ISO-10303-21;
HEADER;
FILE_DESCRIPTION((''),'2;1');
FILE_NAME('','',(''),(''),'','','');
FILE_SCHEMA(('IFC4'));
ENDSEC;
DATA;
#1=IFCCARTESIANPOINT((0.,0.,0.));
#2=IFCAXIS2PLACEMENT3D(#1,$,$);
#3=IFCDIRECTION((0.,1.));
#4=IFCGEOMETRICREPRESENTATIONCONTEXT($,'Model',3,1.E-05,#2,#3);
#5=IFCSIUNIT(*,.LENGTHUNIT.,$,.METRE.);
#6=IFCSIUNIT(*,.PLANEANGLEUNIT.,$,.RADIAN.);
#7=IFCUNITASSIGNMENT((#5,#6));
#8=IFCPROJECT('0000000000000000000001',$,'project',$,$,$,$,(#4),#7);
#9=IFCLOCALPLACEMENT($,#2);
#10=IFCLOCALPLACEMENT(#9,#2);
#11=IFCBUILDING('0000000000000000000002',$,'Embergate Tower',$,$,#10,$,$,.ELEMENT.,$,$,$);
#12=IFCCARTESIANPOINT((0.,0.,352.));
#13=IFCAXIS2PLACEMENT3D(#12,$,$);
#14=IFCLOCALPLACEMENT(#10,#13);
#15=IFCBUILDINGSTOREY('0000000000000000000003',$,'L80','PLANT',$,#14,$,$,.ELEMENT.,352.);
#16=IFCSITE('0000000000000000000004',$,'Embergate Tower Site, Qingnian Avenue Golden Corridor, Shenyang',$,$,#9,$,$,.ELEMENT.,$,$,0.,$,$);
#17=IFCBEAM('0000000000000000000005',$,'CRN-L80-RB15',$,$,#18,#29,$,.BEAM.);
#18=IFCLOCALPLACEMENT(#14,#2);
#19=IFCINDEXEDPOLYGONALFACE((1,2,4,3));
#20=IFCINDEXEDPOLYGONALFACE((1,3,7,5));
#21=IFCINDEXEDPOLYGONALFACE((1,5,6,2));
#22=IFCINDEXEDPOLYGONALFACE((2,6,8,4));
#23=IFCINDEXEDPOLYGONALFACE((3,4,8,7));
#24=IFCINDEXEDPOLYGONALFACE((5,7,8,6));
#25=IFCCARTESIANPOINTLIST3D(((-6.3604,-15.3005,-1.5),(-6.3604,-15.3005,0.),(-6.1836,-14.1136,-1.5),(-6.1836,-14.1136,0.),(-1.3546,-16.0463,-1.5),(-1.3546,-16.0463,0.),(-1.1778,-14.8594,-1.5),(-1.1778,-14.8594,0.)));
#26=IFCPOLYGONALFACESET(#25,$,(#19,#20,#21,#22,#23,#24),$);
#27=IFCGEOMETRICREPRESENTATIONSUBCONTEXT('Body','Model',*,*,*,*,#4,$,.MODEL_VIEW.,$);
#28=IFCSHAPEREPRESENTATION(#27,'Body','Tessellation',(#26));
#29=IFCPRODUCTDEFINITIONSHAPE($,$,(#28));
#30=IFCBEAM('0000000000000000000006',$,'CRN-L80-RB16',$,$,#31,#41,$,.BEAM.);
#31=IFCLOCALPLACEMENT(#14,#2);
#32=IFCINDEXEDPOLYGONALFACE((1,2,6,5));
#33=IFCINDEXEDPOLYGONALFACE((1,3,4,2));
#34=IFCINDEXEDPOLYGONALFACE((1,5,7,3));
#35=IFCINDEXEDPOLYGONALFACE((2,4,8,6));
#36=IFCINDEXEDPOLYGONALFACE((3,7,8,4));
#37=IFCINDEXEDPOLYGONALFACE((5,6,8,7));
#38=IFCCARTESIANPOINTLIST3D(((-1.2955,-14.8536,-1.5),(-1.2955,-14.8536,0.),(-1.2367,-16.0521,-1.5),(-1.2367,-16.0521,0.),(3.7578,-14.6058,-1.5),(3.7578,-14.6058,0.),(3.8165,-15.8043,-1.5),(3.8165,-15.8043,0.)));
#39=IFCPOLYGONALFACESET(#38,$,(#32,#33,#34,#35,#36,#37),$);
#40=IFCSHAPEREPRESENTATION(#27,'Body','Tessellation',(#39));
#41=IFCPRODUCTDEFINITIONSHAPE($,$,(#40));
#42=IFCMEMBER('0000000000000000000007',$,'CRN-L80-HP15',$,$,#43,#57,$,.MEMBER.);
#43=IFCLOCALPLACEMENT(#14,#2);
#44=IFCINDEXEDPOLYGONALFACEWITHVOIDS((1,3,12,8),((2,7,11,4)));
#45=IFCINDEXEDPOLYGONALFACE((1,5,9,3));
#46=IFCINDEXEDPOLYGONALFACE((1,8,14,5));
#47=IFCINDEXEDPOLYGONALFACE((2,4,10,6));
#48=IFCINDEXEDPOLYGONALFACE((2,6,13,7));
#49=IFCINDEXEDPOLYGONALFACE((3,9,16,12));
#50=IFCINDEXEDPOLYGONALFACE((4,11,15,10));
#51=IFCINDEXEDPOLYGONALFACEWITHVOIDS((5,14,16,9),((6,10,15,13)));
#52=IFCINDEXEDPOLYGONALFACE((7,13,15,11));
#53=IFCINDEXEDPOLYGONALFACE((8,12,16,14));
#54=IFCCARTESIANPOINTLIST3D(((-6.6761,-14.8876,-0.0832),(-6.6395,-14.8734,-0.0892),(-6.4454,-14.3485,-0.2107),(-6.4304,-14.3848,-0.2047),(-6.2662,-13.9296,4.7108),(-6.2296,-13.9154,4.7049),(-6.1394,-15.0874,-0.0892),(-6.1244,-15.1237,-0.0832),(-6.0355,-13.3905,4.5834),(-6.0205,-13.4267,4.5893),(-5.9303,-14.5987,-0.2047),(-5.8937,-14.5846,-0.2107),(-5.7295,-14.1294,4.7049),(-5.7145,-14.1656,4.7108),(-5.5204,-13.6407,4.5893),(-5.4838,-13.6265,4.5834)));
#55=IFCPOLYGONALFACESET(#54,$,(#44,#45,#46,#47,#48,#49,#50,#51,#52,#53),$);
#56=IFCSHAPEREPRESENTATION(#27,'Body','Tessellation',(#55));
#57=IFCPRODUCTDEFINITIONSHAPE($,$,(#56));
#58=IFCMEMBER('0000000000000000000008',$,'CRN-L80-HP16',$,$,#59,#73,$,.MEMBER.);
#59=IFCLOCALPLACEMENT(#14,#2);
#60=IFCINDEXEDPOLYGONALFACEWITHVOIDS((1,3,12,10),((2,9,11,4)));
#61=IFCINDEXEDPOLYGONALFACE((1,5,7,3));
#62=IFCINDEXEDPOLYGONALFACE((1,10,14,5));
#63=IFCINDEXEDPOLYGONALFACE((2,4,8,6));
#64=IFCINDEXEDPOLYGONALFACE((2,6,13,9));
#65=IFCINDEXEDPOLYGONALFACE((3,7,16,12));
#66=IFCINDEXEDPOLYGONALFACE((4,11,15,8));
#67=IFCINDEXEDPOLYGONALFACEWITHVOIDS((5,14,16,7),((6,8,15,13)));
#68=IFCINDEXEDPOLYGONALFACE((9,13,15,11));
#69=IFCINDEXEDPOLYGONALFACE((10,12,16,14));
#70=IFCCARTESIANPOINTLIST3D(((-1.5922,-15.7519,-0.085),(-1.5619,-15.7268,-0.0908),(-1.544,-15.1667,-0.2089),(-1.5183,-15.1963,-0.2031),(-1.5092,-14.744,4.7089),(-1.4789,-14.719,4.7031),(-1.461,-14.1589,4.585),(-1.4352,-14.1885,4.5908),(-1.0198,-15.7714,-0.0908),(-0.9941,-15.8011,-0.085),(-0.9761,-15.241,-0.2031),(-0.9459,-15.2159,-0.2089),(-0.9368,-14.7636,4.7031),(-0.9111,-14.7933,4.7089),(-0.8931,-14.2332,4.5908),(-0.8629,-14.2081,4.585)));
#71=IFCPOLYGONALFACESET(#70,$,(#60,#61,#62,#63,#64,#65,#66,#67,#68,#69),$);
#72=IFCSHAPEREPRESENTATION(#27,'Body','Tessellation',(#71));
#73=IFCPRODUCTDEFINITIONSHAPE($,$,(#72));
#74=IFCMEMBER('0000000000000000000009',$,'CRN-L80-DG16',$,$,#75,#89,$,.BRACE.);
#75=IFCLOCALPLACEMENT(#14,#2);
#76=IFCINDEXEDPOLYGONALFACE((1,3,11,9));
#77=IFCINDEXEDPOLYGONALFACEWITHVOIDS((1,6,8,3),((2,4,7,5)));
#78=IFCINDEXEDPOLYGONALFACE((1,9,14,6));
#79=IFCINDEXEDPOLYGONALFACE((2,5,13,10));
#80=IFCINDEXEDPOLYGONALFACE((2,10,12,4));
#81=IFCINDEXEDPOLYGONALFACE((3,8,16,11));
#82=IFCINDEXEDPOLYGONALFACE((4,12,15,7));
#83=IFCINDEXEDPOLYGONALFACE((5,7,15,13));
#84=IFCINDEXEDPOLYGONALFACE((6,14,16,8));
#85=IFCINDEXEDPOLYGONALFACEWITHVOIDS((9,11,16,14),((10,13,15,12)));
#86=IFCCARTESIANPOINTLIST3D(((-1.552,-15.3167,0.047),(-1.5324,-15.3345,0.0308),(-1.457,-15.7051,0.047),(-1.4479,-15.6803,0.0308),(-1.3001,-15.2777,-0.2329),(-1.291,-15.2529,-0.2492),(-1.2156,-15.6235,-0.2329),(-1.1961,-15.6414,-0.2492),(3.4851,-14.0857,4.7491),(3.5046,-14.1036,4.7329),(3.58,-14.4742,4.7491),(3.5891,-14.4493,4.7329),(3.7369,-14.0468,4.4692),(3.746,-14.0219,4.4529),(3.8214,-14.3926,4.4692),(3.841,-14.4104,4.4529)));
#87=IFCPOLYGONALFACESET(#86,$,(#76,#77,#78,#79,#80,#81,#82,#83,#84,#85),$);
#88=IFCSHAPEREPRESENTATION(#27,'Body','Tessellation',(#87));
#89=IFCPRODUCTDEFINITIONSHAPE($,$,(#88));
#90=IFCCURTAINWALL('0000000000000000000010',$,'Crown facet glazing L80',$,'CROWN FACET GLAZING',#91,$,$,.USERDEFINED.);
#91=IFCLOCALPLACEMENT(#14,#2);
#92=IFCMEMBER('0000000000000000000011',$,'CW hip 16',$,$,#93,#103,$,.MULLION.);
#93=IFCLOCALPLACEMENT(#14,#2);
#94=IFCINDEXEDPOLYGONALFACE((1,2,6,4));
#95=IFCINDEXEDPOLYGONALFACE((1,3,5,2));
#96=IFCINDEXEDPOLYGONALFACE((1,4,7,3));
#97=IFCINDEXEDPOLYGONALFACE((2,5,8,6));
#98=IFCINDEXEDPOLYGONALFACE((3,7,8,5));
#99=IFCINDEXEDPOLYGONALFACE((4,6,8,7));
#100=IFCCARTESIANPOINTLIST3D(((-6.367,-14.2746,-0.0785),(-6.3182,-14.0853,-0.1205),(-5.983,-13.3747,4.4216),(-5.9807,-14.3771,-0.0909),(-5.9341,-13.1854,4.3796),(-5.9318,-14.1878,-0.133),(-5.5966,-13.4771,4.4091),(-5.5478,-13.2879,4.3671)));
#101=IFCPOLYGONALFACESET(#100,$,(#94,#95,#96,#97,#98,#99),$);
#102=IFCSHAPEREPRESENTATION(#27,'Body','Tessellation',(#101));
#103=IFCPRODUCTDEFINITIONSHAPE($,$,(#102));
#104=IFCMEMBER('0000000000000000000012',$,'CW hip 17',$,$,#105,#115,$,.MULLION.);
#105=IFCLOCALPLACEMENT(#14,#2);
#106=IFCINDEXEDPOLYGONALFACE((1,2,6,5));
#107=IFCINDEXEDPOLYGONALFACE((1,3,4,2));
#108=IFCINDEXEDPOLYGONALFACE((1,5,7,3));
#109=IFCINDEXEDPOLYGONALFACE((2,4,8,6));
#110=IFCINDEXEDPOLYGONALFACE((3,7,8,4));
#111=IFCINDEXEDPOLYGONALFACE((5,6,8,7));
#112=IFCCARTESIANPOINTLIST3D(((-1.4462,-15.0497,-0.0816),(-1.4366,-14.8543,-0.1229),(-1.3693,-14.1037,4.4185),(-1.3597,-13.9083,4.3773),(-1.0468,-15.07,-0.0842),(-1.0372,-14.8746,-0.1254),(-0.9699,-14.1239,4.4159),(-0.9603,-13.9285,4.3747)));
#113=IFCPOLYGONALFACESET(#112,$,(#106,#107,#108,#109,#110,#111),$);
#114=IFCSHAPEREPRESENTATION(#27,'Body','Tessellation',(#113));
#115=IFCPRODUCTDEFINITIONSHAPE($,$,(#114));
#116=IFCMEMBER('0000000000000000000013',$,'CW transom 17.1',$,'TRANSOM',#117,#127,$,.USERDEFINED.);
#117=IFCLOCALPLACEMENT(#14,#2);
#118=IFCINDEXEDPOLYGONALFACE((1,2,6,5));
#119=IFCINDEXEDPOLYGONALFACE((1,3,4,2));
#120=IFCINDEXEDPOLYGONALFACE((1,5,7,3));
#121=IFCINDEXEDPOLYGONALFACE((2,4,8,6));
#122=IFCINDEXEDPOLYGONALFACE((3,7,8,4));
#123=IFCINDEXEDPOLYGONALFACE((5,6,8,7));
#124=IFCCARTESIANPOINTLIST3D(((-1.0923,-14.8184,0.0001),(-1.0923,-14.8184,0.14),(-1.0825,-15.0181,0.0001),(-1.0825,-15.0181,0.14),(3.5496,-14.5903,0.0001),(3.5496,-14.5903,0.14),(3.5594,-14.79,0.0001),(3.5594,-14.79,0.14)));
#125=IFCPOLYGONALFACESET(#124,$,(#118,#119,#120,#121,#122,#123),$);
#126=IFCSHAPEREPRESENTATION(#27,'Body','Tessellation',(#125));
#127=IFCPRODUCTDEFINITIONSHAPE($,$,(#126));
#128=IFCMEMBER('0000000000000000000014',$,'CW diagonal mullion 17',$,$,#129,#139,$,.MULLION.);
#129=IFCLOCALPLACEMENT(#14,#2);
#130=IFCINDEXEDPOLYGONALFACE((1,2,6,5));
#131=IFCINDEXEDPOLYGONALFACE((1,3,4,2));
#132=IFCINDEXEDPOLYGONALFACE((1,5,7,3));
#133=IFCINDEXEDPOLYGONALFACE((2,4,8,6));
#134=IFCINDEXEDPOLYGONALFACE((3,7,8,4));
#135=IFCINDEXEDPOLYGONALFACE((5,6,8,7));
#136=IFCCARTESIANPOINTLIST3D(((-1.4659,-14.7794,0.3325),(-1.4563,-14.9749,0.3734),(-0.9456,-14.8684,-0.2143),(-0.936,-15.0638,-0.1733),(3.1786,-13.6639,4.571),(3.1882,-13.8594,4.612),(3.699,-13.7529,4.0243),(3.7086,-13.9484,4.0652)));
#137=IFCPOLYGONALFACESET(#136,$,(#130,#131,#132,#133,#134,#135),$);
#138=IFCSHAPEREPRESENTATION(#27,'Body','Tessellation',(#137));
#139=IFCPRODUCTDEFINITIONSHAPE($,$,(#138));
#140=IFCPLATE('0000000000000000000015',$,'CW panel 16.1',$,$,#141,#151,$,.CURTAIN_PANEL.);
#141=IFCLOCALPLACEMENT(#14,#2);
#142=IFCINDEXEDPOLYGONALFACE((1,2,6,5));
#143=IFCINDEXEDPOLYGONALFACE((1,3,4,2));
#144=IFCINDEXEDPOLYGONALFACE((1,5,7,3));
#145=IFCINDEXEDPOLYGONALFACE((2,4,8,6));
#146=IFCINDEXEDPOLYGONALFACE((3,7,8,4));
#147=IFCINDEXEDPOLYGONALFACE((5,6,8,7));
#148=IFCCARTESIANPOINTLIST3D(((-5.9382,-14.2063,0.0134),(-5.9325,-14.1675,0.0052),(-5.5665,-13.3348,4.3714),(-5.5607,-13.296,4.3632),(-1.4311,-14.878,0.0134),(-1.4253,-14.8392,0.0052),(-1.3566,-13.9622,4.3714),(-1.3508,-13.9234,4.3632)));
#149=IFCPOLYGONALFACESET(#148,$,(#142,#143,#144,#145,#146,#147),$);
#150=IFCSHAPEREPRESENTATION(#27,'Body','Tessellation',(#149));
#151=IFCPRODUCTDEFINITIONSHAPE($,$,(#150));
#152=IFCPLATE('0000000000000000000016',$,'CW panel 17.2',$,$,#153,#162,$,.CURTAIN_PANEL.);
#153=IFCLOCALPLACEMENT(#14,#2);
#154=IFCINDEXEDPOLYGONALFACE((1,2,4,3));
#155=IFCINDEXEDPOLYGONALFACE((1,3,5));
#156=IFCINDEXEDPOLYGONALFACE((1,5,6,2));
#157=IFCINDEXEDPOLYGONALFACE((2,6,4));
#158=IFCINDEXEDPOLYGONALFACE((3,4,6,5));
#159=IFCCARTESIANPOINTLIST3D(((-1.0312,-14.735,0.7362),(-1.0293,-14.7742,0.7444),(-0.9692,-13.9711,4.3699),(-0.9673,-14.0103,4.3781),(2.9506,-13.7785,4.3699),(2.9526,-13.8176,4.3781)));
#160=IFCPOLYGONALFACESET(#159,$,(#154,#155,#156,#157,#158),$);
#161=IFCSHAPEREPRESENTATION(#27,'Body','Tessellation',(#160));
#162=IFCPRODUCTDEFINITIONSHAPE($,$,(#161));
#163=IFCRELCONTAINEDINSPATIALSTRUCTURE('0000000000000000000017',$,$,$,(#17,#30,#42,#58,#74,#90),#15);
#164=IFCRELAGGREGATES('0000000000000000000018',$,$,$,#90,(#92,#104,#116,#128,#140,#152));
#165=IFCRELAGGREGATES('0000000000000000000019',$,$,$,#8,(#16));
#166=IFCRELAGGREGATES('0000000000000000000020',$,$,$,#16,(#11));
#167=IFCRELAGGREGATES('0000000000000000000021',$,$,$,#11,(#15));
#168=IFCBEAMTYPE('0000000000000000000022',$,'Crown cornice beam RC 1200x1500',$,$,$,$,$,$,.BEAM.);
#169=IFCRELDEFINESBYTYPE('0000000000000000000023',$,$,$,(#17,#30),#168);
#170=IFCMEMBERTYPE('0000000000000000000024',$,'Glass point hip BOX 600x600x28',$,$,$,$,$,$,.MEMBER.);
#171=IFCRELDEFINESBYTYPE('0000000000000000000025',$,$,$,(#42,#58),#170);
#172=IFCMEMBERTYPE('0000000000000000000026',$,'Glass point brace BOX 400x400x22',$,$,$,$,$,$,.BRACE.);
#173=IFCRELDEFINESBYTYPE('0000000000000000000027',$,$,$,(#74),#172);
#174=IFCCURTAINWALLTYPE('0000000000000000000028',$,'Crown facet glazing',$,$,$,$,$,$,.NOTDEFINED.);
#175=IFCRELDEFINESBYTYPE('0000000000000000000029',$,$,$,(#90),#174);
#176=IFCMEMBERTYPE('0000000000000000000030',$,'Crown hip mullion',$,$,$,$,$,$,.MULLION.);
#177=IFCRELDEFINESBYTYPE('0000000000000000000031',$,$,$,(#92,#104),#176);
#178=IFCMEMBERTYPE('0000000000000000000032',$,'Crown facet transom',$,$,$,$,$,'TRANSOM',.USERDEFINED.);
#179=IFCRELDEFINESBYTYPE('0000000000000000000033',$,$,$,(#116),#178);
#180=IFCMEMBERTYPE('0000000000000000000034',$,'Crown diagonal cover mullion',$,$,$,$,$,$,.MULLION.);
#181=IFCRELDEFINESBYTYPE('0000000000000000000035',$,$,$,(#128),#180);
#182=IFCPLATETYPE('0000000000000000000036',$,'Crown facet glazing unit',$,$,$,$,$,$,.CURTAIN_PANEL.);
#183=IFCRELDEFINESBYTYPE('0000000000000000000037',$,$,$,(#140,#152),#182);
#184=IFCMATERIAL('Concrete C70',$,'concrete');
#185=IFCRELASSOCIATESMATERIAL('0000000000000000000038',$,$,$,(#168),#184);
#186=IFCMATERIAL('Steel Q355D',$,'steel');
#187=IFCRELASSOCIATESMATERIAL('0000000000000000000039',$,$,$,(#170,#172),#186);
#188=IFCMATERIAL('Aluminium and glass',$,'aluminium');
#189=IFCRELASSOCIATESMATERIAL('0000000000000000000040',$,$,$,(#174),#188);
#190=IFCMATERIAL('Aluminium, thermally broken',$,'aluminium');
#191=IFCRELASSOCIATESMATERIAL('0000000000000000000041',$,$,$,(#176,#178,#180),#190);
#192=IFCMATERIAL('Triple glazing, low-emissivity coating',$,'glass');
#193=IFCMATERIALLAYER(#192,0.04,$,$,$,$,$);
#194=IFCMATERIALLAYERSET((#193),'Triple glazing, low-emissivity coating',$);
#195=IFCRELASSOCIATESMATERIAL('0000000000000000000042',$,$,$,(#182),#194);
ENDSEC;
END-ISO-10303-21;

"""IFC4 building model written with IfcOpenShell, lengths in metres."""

from ifc_helpers import new_model, si_unit, direction, frame, origin, origin_2d, place, context, subcontext, project, spatial, polyline, rectangle, hollow_rectangle, outline, extrude, source, transform, mapped, material, layer, layer_set, material_profile, profile_set, type_object, element, aggregate, save


model = new_model("IFC4")

# Units and contexts
model_context = context("Model", 3, precision=1e-05, world=origin(), true_north=direction((0.0, 1.0)))
body_context = subcontext(model_context, "Body", "Model", "MODEL_VIEW")
ifc_project = project(units=[si_unit("LENGTHUNIT", "METRE"), si_unit("PLANEANGLEUNIT", "RADIAN")], contexts=[model_context])

# Site, building, storey
site_placement = place(None, origin())
site = spatial("IfcSite", under=ifc_project, at=site_placement, Name="Embergate Tower Site, Qingnian Avenue Golden Corridor, Shenyang", CompositionType="ELEMENT", RefElevation=0.0)
building_placement = place(site_placement, origin())
building = spatial("IfcBuilding", under=site, at=building_placement, Name="Embergate Tower", CompositionType="ELEMENT")
storey_placement = place(building_placement, frame((0.0, 0.0, 352.0)))
storey = spatial("IfcBuildingStorey", under=building, at=storey_placement, Name="L80", Description="PLANT", CompositionType="ELEMENT", Elevation=352.0)

# Beams
ifc_material_1 = material(Name="Concrete C70", Category="concrete")
ifc_material_profile_1 = material_profile(ifc_material_1, rectangle(XDim=1.2, YDim=1.5, at=origin_2d()), Name="RC 1200x1500")
ifc_profile_set_1 = profile_set([ifc_material_profile_1], Name="Concrete C70")
beam_type = type_object("IfcBeamType", Name="Crown cornice beam RC 1200x1500", PredefinedType="BEAM", material=ifc_profile_set_1)
shared_shape_1 = source(origin(), body_context, "Body", "SweptSolid", [
    extrude(rectangle(XDim=1.2, YDim=1.5, at=origin_2d()), origin(), (0.0, 0.0, 1.0), 5.061),
])
beam_1_placement = place(storey_placement, frame((-6.272, -14.707, -0.75), z_axis=(0.989082, -0.147369, 0.0), x_axis=(0.147369, 0.989082, 0.0)))
element("IfcBeam", 1, at=beam_1_placement, inside=storey, type_object=beam_type, Name="CRN-L80-RB15", PredefinedType="BEAM", context=body_context, shape_type="MappedRepresentation", body=[
    mapped(shared_shape_1, transform((0.0, 0.0, 0.0))),
])
shared_shape_2 = source(origin(), body_context, "Body", "SweptSolid", [
    extrude(rectangle(XDim=1.2, YDim=1.5, at=origin_2d()), origin(), (0.0, 0.0, 1.0), 5.0593),
])
beam_2_placement = place(storey_placement, frame((-1.2661, -15.4529, -0.75), z_axis=(0.9988, 0.04898, 0.0), x_axis=(-0.04898, 0.9988, 0.0)))
element("IfcBeam", 2, at=beam_2_placement, inside=storey, type_object=beam_type, Name="CRN-L80-RB16", PredefinedType="BEAM", context=body_context, shape_type="MappedRepresentation", body=[
    mapped(shared_shape_2, transform((0.0, 0.0, 0.0))),
])

# Members
ifc_material_2 = material(Name="Steel Q355D", Category="steel")
ifc_material_profile_2 = material_profile(ifc_material_2, hollow_rectangle(XDim=0.6001, YDim=0.6001, WallThickness=0.0281, at=origin_2d()), Name="BOX 600x600x28")
ifc_profile_set_2 = profile_set([ifc_material_profile_2], Name="Steel Q355 grade D")
member_type_1 = type_object("IfcMemberType", Name="Glass point hip BOX 600x600x28", PredefinedType="MEMBER", material=ifc_profile_set_2)
shared_shape_3 = source(origin(), body_context, "Body", "SweptSolid", [
    extrude(hollow_rectangle(XDim=0.6001, YDim=0.6001, WallThickness=0.0281, at=origin_2d()), origin(), (0.0, 0.0, 1.0), 4.906),
])
member_1_placement = place(storey_placement, frame((-6.2849, -14.7361, -0.147), z_axis=(0.083555, 0.195277, 0.977182), x_axis=(-0.919375, 0.393382, 0.0)))
element("IfcMember", 3, at=member_1_placement, inside=storey, type_object=member_type_1, Name="CRN-L80-HP15", PredefinedType="MEMBER", context=body_context, shape_type="MappedRepresentation", body=[
    mapped(shared_shape_3, transform((0.0, 0.0, 0.0))),
])
shared_shape_4 = source(origin(), body_context, "Body", "SweptSolid", [
    extrude(hollow_rectangle(XDim=0.6001, YDim=0.6001, WallThickness=0.0281, at=origin_2d()), origin(), (0.0, 0.0, 1.0), 4.8994),
])
member_2_placement = place(storey_placement, frame((-1.269, -15.4839, -0.147), z_axis=(0.016942, 0.2057, 0.978469), x_axis=(-0.996625, 0.082086, 0.0)))
element("IfcMember", 4, at=member_2_placement, inside=storey, type_object=member_type_1, Name="CRN-L80-HP16", PredefinedType="MEMBER", context=body_context, shape_type="MappedRepresentation", body=[
    mapped(shared_shape_4, transform((0.0, 0.0, 0.0))),
])
ifc_material_profile_3 = material_profile(ifc_material_2, hollow_rectangle(XDim=0.3999, YDim=0.3999, WallThickness=0.022, at=origin_2d()), Name="BOX 400x400x22")
ifc_profile_set_3 = profile_set([ifc_material_profile_3], Name="Steel Q355 grade D")
member_type_2 = type_object("IfcMemberType", Name="Glass point brace BOX 400x400x22", PredefinedType="BRACE", material=ifc_profile_set_3)
shared_shape_5 = source(origin(), body_context, "Body", "SweptSolid", [
    extrude(hollow_rectangle(XDim=0.3999, YDim=0.3999, WallThickness=0.022, at=origin_2d()), origin(), (0.0, 0.0, 1.0), 6.9998),
])
member_3_placement = place(storey_placement, frame((-1.374, -15.479, -0.1011), z_axis=(0.719602, 0.175855, 0.67175), x_axis=(-0.237392, 0.971414, 0.0)))
element("IfcMember", 5, at=member_3_placement, inside=storey, type_object=member_type_2, Name="CRN-L80-DG16", PredefinedType="BRACE", context=body_context, shape_type="MappedRepresentation", body=[
    mapped(shared_shape_5, transform((0.0, 0.0, 0.0))),
])

# Curtain wall, members, plates
ifc_material_3 = material(Name="Aluminium and glass", Category="aluminium")
curtain_wall_type = type_object("IfcCurtainWallType", Name="Crown facet glazing", PredefinedType="NOTDEFINED", material=ifc_material_3)
curtain_wall_placement = place(storey_placement, origin())
curtain_wall = element("IfcCurtainWall", 6, at=curtain_wall_placement, inside=storey, type_object=curtain_wall_type, Name="Crown facet glazing L80", ObjectType="CROWN FACET GLAZING", PredefinedType="USERDEFINED")
ifc_material_4 = material(Name="Aluminium, thermally broken", Category="aluminium")
ifc_material_profile_4 = material_profile(ifc_material_4, rectangle(XDim=0.2, YDim=0.3999, at=origin_2d()), Name="AL 400x200")
ifc_profile_set_4 = profile_set([ifc_material_profile_4], Name="Aluminium, thermally broken")
member_type_3 = type_object("IfcMemberType", Name="Crown hip mullion", PredefinedType="MULLION", material=ifc_profile_set_4)
shared_shape_6 = source(origin(), body_context, "Body", "SweptSolid", [
    extrude(rectangle(XDim=0.2, YDim=0.3999, at=origin_2d()), origin(), (0.0, 0.0, 1.0), 4.6052),
])
member_4_placement = place(storey_placement, frame((-6.1494, -14.2312, -0.1057), z_axis=(0.083392, 0.195413, 0.977169), x_axis=(-0.244232, -0.946671, 0.210156)))
member_4 = element("IfcMember", 7, at=member_4_placement, type_object=member_type_3, Name="CW hip 16", PredefinedType="MULLION", context=body_context, shape_type="MappedRepresentation", body=[
    mapped(shared_shape_6, transform((0.0, 0.0, 0.0))),
])
shared_shape_7 = source(origin(), body_context, "Body", "SweptSolid", [
    extrude(rectangle(XDim=0.2, YDim=0.3999, at=origin_2d()), origin(), (0.0, 0.0, 1.0), 4.5991),
])
member_5_placement = place(storey_placement, frame((-1.2417, -14.9622, -0.1035), z_axis=(0.016722, 0.205706, 0.978471), x_axis=(-0.048248, -0.977302, 0.206285)))
member_5 = element("IfcMember", 8, at=member_5_placement, type_object=member_type_3, Name="CW hip 17", PredefinedType="MULLION", context=body_context, shape_type="MappedRepresentation", body=[
    mapped(shared_shape_7, transform((0.0, 0.0, 0.0))),
])
ifc_material_profile_5 = material_profile(ifc_material_4, rectangle(XDim=0.2, YDim=0.1399, at=origin_2d()), Name="AL 140x200")
ifc_profile_set_5 = profile_set([ifc_material_profile_5], Name="Aluminium, thermally broken")
member_type_4 = type_object("IfcMemberType", Name="Crown facet transom", ElementType="TRANSOM", PredefinedType="USERDEFINED", material=ifc_profile_set_5)
shared_shape_8 = source(origin(), body_context, "Body", "SweptSolid", [
    extrude(rectangle(XDim=0.2, YDim=0.1399, at=origin_2d()), origin(), (0.0, 0.0, 1.0), 4.6475),
])
member_6_placement = place(storey_placement, frame((-1.0874, -14.9182, 0.0701), z_axis=(0.998796, 0.049065, 0.0), x_axis=(-0.049065, 0.998796, 0.0)))
member_6 = element("IfcMember", 9, at=member_6_placement, type_object=member_type_4, Name="CW transom 17.1", ObjectType="TRANSOM", PredefinedType="USERDEFINED", context=body_context, shape_type="MappedRepresentation", body=[
    mapped(shared_shape_8, transform((0.0, 0.0, 0.0))),
])
ifc_material_profile_6 = material_profile(ifc_material_4, rectangle(XDim=0.2, YDim=0.76, at=origin_2d()), Name="AL 760x200")
ifc_profile_set_6 = profile_set([ifc_material_profile_6], Name="Aluminium, thermally broken")
member_type_5 = type_object("IfcMemberType", Name="Crown diagonal cover mullion", PredefinedType="MULLION", material=ifc_profile_set_6)
shared_shape_9 = source(origin(), body_context, "Body", "SweptSolid", [
    extrude(rectangle(XDim=0.2, YDim=0.76, at=origin_2d()), origin(), (0.0, 0.0, 1.0), 6.386),
])
member_7_placement = place(storey_placement, frame((-1.2009, -14.9216, 0.0796), z_axis=(0.727298, 0.174675, 0.663721), x_axis=(0.047985, -0.977645, 0.204711)))
member_7 = element("IfcMember", 10, at=member_7_placement, type_object=member_type_5, Name="CW diagonal mullion 17", PredefinedType="MULLION", context=body_context, shape_type="MappedRepresentation", body=[
    mapped(shared_shape_9, transform((0.0, 0.0, 0.0))),
])
ifc_material_5 = material(Name="Triple glazing, low-emissivity coating", Category="glass")
ifc_layer_1 = layer(ifc_material_5, 0.04)
ifc_layer_set_1 = layer_set([ifc_layer_1], Name="Triple glazing, low-emissivity coating")
plate_type = type_object("IfcPlateType", Name="Crown facet glazing unit", PredefinedType="CURTAIN_PANEL", material=ifc_layer_set_1)
shared_shape_10 = source(origin(), body_context, "Body", "SweptSolid", [
    extrude(outline(polyline([(0.0, 0.0), (4.5569, 0.0), (4.4956, 4.4534), (0.2393, 4.4534), (0.0, 0.0)])), origin(), (0.0, 0.0, -1.0), 0.04),
])
plate_1_placement = place(storey_placement, frame((-5.9382, -14.2063, 0.0134), z_axis=(-0.144245, -0.96789, 0.205871), x_axis=(0.989077, -0.147402, 0.000003)))
plate_1 = element("IfcPlate", 11, at=plate_1_placement, type_object=plate_type, Name="CW panel 16.1", PredefinedType="CURTAIN_PANEL", context=body_context, shape_type="MappedRepresentation", body=[
    mapped(shared_shape_10, transform((0.0, 0.0, 0.0))),
])
shared_shape_11 = source(origin(), body_context, "Body", "SweptSolid", [
    extrude(outline(polyline([(0.0, 0.0), (5.4749, 0.0), (2.5903, 2.6611), (0.0, 0.0)])), origin(), (0.0, 0.0, -1.0), 0.04),
])
plate_2_placement = place(storey_placement, frame((-1.0293, -14.7742, 0.7444), z_axis=(0.048042, -0.977644, 0.204706), x_axis=(0.727299, 0.174712, 0.663711)))
plate_2 = element("IfcPlate", 12, at=plate_2_placement, type_object=plate_type, Name="CW panel 17.2", PredefinedType="CURTAIN_PANEL", context=body_context, shape_type="MappedRepresentation", body=[
    mapped(shared_shape_11, transform((0.0, 0.0, 0.0))),
])
aggregate(curtain_wall, [member_4, member_5, member_6, member_7, plate_1, plate_2])

save(model, "model.ifc")
